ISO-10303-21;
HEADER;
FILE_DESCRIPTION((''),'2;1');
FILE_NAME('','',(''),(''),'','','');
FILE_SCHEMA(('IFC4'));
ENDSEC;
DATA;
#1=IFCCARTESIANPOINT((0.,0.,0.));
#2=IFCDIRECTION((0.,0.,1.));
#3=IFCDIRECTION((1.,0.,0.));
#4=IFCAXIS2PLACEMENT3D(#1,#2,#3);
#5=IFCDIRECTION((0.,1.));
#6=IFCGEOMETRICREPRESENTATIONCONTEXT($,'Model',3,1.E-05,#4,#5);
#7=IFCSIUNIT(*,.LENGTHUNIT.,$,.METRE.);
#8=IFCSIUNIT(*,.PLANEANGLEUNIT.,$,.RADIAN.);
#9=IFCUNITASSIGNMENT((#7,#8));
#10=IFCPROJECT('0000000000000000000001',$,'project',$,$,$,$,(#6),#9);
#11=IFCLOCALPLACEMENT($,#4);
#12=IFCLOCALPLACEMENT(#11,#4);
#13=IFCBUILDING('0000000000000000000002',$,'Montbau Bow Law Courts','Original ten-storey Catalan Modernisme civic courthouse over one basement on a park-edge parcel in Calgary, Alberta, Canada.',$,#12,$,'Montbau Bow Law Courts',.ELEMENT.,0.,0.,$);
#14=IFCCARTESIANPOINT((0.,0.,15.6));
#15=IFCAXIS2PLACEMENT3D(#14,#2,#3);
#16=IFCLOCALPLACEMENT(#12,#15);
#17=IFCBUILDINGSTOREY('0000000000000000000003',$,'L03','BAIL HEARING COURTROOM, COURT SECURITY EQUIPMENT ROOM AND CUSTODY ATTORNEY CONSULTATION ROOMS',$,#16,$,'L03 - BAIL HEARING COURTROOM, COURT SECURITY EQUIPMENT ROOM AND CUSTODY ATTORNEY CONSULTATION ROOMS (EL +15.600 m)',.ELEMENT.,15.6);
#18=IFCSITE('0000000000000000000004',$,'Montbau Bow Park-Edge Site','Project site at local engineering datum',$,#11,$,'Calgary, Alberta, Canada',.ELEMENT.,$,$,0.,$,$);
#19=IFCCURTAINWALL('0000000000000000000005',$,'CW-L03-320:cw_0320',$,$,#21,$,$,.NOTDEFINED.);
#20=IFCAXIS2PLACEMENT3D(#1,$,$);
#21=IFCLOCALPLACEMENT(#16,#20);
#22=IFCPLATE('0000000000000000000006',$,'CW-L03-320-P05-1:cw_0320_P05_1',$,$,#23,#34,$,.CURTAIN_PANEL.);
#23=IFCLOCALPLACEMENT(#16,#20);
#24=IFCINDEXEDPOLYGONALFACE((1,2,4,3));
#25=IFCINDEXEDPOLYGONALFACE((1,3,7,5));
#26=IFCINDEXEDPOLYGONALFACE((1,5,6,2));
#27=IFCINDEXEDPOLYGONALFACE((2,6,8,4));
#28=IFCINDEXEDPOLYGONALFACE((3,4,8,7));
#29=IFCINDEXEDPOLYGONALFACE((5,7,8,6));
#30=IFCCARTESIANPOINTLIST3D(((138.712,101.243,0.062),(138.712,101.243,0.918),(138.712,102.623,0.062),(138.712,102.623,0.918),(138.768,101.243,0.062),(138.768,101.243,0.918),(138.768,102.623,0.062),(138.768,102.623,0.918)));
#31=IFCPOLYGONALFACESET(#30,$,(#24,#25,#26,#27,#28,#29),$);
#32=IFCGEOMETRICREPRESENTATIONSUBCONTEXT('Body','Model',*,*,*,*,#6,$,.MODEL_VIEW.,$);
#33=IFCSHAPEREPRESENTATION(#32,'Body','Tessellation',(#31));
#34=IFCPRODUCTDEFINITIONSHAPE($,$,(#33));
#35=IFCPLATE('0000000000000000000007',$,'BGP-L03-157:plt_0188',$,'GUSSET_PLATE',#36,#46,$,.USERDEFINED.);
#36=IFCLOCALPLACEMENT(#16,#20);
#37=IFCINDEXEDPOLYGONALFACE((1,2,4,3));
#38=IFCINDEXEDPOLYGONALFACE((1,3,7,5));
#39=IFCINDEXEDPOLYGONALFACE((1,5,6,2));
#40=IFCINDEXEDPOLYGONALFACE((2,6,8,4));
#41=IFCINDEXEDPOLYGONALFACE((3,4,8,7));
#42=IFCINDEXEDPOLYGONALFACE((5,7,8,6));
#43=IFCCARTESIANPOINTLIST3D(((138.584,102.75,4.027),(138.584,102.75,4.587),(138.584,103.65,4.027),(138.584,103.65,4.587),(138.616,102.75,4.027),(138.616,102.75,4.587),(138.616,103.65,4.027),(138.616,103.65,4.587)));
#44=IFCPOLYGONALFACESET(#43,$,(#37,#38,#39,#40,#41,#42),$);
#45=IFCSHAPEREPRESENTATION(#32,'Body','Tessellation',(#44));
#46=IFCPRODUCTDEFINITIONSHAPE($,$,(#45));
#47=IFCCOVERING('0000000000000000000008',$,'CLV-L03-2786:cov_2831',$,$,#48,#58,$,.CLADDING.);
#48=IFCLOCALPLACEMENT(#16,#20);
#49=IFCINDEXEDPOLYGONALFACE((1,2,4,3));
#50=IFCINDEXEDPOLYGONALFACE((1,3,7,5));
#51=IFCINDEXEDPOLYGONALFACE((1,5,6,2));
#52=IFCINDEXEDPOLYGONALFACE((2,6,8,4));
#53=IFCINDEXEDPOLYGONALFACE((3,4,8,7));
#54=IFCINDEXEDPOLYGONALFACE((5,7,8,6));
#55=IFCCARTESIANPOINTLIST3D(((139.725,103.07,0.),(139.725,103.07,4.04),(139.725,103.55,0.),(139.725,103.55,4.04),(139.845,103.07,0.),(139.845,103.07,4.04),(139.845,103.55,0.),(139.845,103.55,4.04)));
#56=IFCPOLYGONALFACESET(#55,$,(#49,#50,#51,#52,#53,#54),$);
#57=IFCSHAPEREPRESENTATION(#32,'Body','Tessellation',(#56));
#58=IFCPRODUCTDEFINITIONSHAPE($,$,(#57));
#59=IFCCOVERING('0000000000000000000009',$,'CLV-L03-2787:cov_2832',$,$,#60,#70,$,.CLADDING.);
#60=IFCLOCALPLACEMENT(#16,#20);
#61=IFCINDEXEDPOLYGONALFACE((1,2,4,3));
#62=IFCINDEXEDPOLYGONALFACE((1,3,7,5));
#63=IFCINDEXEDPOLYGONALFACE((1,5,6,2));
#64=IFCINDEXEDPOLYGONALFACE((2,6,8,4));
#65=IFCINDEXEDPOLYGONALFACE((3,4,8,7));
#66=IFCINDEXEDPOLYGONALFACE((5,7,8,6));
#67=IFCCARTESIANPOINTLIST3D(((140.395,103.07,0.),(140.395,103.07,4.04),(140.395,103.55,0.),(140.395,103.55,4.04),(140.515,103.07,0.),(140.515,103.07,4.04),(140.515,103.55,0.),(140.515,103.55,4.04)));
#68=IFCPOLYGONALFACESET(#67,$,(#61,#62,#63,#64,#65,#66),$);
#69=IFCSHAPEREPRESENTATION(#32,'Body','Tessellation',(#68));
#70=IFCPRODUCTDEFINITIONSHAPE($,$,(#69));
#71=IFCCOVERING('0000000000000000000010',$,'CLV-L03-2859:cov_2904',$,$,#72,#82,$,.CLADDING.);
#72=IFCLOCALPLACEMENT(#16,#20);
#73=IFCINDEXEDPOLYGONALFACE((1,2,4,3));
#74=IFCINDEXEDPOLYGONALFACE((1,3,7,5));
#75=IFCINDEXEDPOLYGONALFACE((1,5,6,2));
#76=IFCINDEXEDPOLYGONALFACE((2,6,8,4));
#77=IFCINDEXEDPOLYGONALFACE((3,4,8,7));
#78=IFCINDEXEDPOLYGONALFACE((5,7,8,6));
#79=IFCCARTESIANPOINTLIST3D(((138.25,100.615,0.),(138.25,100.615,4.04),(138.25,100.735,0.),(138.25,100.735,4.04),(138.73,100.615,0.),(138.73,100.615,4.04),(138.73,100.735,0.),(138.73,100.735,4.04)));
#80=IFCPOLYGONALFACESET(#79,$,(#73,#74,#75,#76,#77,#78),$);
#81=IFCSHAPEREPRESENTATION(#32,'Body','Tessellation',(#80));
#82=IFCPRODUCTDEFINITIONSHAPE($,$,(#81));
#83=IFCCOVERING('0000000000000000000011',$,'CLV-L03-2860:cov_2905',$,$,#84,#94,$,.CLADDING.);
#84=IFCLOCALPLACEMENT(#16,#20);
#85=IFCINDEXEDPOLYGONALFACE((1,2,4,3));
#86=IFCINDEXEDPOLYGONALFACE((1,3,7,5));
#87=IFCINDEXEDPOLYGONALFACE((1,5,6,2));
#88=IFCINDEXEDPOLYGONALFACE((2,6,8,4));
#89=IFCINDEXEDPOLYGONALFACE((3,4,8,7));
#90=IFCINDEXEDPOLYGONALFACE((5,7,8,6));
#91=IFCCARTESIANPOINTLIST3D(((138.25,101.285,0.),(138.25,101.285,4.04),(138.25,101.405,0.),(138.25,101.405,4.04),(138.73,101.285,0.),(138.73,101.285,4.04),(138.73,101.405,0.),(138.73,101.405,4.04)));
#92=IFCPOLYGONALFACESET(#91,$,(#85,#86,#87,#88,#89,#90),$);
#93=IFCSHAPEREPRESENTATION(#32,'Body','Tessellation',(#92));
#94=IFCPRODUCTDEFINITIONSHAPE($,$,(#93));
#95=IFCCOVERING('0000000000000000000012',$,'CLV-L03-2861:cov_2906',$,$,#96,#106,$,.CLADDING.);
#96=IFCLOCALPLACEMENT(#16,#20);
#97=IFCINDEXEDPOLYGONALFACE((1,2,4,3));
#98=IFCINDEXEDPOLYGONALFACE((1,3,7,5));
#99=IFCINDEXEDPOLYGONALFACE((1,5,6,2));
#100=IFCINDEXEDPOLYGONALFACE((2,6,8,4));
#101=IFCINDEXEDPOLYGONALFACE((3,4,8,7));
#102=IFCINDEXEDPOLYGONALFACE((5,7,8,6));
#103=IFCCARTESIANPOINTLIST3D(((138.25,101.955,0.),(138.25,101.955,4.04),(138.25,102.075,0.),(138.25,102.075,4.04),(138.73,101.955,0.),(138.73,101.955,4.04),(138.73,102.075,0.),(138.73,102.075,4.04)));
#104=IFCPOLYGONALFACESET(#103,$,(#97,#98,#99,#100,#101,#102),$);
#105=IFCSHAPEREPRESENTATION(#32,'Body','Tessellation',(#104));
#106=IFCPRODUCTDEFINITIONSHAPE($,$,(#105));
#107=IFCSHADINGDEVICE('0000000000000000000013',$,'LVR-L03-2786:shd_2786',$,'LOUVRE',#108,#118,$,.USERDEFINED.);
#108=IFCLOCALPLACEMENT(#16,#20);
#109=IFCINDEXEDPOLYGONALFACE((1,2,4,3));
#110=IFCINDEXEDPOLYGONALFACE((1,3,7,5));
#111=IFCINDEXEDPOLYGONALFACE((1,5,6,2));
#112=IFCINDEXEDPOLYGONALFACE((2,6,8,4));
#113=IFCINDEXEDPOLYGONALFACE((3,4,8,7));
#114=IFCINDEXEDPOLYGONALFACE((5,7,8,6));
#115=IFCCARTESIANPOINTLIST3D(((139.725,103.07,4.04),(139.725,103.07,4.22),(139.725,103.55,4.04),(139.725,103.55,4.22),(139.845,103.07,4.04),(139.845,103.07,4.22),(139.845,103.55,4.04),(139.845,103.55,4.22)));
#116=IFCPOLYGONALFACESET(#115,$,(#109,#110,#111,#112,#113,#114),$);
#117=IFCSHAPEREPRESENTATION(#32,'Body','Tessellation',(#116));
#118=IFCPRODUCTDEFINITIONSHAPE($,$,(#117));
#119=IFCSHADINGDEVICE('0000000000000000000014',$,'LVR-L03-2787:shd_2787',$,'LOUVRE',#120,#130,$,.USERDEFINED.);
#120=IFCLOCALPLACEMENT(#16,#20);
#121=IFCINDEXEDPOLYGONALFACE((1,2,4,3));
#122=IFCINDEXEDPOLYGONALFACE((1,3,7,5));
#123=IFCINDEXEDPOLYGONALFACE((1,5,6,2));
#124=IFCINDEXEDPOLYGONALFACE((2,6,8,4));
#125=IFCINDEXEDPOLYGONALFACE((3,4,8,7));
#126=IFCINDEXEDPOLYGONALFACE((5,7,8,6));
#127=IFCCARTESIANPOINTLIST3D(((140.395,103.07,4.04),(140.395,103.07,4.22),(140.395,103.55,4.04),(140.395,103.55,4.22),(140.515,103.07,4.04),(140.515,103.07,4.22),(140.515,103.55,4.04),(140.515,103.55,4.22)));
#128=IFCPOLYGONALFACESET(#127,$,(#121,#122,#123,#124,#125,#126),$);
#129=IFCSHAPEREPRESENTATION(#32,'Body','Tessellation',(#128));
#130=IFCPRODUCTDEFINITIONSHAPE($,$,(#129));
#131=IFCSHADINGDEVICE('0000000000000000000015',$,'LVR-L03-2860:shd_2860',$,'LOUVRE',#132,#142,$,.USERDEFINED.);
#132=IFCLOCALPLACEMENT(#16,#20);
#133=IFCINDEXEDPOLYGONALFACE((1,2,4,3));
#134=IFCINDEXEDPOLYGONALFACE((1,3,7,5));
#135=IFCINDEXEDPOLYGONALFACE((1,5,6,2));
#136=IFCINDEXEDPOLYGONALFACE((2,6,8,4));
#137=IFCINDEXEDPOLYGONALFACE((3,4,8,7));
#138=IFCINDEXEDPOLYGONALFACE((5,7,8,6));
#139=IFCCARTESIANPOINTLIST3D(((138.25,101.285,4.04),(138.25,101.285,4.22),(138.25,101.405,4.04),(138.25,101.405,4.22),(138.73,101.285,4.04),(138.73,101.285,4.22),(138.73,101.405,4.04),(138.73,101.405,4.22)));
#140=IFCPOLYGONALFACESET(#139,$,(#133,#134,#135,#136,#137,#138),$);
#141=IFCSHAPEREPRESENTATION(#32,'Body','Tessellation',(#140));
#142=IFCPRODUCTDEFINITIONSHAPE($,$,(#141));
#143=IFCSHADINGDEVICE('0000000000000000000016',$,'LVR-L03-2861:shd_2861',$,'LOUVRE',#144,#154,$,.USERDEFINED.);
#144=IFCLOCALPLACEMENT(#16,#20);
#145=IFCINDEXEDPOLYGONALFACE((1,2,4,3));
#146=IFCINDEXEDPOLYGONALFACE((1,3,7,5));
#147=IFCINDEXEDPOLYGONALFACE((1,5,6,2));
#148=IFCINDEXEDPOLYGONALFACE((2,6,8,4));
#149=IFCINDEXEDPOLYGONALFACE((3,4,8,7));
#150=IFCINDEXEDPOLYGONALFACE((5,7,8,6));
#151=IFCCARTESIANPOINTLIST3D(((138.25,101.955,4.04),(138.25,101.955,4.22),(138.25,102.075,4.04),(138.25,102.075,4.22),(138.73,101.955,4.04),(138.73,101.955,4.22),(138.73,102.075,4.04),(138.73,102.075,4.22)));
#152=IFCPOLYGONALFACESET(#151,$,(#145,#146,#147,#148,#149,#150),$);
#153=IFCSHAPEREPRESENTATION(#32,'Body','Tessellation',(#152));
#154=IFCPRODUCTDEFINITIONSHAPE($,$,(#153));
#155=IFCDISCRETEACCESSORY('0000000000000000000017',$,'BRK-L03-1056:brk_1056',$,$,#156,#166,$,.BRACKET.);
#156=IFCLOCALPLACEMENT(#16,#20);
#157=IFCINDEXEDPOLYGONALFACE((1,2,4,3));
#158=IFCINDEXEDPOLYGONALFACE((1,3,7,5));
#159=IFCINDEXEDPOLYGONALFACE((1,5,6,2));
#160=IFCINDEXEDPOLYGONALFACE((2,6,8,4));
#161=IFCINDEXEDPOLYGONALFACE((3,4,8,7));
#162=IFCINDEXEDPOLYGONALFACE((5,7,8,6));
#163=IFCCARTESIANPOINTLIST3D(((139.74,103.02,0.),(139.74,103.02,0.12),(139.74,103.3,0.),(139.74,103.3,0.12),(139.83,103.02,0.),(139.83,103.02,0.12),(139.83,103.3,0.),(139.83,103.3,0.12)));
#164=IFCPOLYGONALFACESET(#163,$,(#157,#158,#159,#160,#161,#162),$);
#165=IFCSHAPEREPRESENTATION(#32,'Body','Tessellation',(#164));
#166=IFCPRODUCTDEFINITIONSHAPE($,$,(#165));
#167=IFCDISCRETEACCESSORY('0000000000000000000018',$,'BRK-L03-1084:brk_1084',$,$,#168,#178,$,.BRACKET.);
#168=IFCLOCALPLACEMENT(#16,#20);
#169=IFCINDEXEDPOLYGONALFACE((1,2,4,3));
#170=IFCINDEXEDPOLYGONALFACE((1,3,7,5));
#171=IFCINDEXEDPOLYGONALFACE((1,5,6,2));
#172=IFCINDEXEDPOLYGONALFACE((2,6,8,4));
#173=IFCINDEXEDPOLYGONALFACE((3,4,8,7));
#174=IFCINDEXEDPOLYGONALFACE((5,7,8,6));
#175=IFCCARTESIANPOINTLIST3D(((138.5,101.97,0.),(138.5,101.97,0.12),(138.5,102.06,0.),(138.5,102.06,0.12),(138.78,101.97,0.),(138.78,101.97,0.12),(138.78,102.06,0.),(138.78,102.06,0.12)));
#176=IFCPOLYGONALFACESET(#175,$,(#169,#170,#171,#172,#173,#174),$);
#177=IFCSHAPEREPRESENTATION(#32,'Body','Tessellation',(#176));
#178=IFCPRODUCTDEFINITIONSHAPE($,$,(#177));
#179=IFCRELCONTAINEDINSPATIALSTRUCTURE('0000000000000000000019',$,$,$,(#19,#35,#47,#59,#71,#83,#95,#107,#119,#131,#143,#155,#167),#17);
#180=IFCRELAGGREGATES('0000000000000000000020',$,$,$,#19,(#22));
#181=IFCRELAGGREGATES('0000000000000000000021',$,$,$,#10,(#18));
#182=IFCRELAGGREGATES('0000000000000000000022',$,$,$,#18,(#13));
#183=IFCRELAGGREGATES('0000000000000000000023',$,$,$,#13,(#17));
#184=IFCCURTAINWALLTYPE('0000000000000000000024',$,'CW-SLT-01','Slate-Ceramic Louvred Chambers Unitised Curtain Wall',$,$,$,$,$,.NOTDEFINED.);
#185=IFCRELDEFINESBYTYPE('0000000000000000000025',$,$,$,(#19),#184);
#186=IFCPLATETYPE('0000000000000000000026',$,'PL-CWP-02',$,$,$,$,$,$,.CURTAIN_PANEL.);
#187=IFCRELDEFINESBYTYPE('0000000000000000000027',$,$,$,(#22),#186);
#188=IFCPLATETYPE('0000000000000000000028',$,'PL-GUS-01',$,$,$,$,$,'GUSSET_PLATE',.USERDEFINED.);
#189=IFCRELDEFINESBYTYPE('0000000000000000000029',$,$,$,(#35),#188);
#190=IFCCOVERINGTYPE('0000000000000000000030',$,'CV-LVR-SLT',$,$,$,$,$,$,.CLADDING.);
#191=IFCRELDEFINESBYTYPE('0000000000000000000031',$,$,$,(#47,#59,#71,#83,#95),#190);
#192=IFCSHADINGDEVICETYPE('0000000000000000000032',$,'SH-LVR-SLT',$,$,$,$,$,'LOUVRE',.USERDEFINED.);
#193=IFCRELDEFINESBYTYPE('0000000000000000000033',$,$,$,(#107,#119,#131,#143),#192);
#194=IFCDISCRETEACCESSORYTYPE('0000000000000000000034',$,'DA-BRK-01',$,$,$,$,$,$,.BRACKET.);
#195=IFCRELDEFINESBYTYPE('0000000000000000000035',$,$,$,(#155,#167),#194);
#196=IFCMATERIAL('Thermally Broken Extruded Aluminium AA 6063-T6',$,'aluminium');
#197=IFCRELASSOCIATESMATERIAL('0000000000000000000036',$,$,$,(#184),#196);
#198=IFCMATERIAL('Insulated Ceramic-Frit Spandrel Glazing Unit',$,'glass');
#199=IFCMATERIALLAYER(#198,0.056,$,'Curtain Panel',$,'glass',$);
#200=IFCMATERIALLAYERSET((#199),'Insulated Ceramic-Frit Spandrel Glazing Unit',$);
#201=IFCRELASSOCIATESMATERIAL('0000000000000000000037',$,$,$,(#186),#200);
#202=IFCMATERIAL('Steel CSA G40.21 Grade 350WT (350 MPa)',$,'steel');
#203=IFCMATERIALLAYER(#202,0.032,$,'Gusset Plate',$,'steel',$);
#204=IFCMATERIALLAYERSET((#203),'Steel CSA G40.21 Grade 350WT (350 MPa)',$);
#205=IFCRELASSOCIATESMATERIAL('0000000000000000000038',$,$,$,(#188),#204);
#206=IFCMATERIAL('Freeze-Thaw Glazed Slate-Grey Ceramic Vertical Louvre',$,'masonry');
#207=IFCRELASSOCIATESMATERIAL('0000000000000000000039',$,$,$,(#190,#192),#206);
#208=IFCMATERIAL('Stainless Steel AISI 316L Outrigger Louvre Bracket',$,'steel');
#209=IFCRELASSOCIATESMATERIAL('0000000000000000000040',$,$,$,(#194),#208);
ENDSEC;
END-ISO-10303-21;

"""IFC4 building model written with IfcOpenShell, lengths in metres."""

from ifc_helpers import new_model, si_unit, direction, frame, frame_2d, origin_with_axes, origin_2d_with_axis, place, context, subcontext, project, spatial, rectangle, extrude, material, layer, layer_set, type_object, element, aggregate, save


model = new_model("IFC4")

# Units and contexts
model_context = context("Model", 3, precision=1e-05, world=origin_with_axes(), true_north=direction((0.0, 1.0)))
body_context = subcontext(model_context, "Body", "Model", "MODEL_VIEW")
ifc_project = project(units=[si_unit("LENGTHUNIT", "METRE"), si_unit("PLANEANGLEUNIT", "RADIAN")], contexts=[model_context])

# Site, building, storey
site_placement = place(None, origin_with_axes())
site = spatial("IfcSite", under=ifc_project, at=site_placement, Name="Montbau Bow Park-Edge Site", Description="Project site at local engineering datum", LongName="Calgary, Alberta, Canada", CompositionType="ELEMENT", RefElevation=0.0)
building_placement = place(site_placement, origin_with_axes())
building = spatial("IfcBuilding", under=site, at=building_placement, Name="Montbau Bow Law Courts", Description="Original ten-storey Catalan Modernisme civic courthouse over one basement on a park-edge parcel in Calgary, Alberta, Canada.", LongName="Montbau Bow Law Courts", CompositionType="ELEMENT", ElevationOfRefHeight=0.0, ElevationOfTerrain=0.0)
storey_placement = place(building_placement, frame((0.0, 0.0, 15.6), z_axis=(0.0, 0.0, 1.0), x_axis=(1.0, 0.0, 0.0)))
storey = spatial("IfcBuildingStorey", under=building, at=storey_placement, Name="L03", Description="BAIL HEARING COURTROOM, COURT SECURITY EQUIPMENT ROOM AND CUSTODY ATTORNEY CONSULTATION ROOMS", LongName="L03 - BAIL HEARING COURTROOM, COURT SECURITY EQUIPMENT ROOM AND CUSTODY ATTORNEY CONSULTATION ROOMS (EL +15.600 m)", CompositionType="ELEMENT", Elevation=15.6)

# Shared definitions
ifc_material_1 = material(Name="Steel CSA G40.21 Grade 350WT (350 MPa)", Category="steel")

# Shared definitions
ifc_material_2 = material(Name="Thermally Broken Extruded Aluminium AA 6063-T6", Category="aluminium")
curtain_wall_type = type_object("IfcCurtainWallType", Name="CW-SLT-01", Description="Slate-Ceramic Louvred Chambers Unitised Curtain Wall", PredefinedType="NOTDEFINED", material=ifc_material_2)

# Curtain wall
curtain_wall_1_placement = place(None, frame((138.74, 95.315, 15.6), z_axis=(0.0, 0.0, 1.0), x_axis=(1.0, 0.0, 0.0)))
curtain_wall_1 = element("IfcCurtainWall", 1, at=curtain_wall_1_placement, inside=storey, type_object=curtain_wall_type, Name="CW-L03-320:cw_0320", PredefinedType="NOTDEFINED")

# Plates
ifc_material_3 = material(Name="Insulated Ceramic-Frit Spandrel Glazing Unit", Category="glass")
ifc_layer_1 = layer(ifc_material_3, 0.056, Name="Curtain Panel", Category="glass")
ifc_layer_set_1 = layer_set([ifc_layer_1], Name="Insulated Ceramic-Frit Spandrel Glazing Unit")
plate_type_1 = type_object("IfcPlateType", Name="PL-CWP-02", PredefinedType="CURTAIN_PANEL", material=ifc_layer_set_1)
plate_1_placement = place(None, frame((138.74, 101.243, 15.662), z_axis=(1.0, 0.0, 0.0), x_axis=(0.0, 1.0, 0.0)))
plate_1 = element("IfcPlate", 2, at=plate_1_placement, type_object=plate_type_1, Name="CW-L03-320-P05-1:cw_0320_P05_1", PredefinedType="CURTAIN_PANEL", context=body_context, shape_type="SweptSolid", body=[
    extrude(rectangle(XDim=1.38, YDim=0.856, at=frame_2d((0.69, 0.428), x_axis=(1.0, 0.0))), frame((0.0, 0.0, -0.028), z_axis=(0.0, 0.0, 1.0), x_axis=(1.0, 0.0, 0.0)), (0.0, 0.0, 1.0), 0.056),
])
aggregate(curtain_wall_1, [plate_1])
ifc_layer_2 = layer(ifc_material_1, 0.032, Name="Gusset Plate", Category="steel")
ifc_layer_set_2 = layer_set([ifc_layer_2], Name="Steel CSA G40.21 Grade 350WT (350 MPa)")
plate_type_2 = type_object("IfcPlateType", Name="PL-GUS-01", ElementType="GUSSET_PLATE", PredefinedType="USERDEFINED", material=ifc_layer_set_2)
plate_2_placement = place(None, frame((138.6, 103.2, 19.627), z_axis=(0.0, 0.0, 1.0), x_axis=(0.0, 1.0, 0.0)))
element("IfcPlate", 3, at=plate_2_placement, inside=storey, type_object=plate_type_2, Name="BGP-L03-157:plt_0188", ObjectType="GUSSET_PLATE", PredefinedType="USERDEFINED", context=body_context, shape_type="SweptSolid", body=[
    extrude(rectangle(XDim=0.9, YDim=0.032, at=origin_2d_with_axis()), origin_with_axes(), (0.0, 0.0, 1.0), 0.56),
])

# Coverings
ifc_material_4 = material(Name="Freeze-Thaw Glazed Slate-Grey Ceramic Vertical Louvre", Category="masonry")
covering_type = type_object("IfcCoveringType", Name="CV-LVR-SLT", PredefinedType="CLADDING", material=ifc_material_4)
for number, where, z_axis, x_axis, name in (
    (4, (139.785, 103.07, 15.6), (1.0, 0.0, 0.0), (0.0, 1.0, 0.0), "CLV-L03-2786:cov_2831"),
    (5, (140.455, 103.07, 15.6), (1.0, 0.0, 0.0), (0.0, 1.0, 0.0), "CLV-L03-2787:cov_2832"),
    (6, (138.73, 100.675, 15.6), (0.0, 1.0, 0.0), (-1.0, 0.0, 0.0), "CLV-L03-2859:cov_2904"),
    (7, (138.73, 101.345, 15.6), (0.0, 1.0, 0.0), (-1.0, 0.0, 0.0), "CLV-L03-2860:cov_2905"),
    (8, (138.73, 102.015, 15.6), (0.0, 1.0, 0.0), (-1.0, 0.0, 0.0), "CLV-L03-2861:cov_2906"),
):
    element("IfcCovering", number, at=place(None, frame(where, z_axis=z_axis, x_axis=x_axis)), inside=storey, type_object=covering_type, Name=name, PredefinedType="CLADDING", context=body_context, shape_type="SweptSolid", body=[
        extrude(rectangle(XDim=0.48, YDim=4.04, at=frame_2d((0.24, 2.02), x_axis=(1.0, 0.0))), frame((0.0, 0.0, -0.06), z_axis=(0.0, 0.0, 1.0), x_axis=(1.0, 0.0, 0.0)), (0.0, 0.0, 1.0), 0.12),
    ])

# Shading devices
shading_device_type = type_object("IfcShadingDeviceType", Name="SH-LVR-SLT", ElementType="LOUVRE", PredefinedType="USERDEFINED", material=ifc_material_4)
for number, where, z_axis, x_axis, name in (
    (9, (139.785, 103.31, 19.64), (0.0, 0.0, 1.0), (0.0, 1.0, 0.0), "LVR-L03-2786:shd_2786"),
    (10, (140.455, 103.31, 19.64), (0.0, 0.0, 1.0), (0.0, 1.0, 0.0), "LVR-L03-2787:shd_2787"),
    (11, (138.49, 101.345, 19.64), (0.0, 0.0, 1.0), (-1.0, 0.0, 0.0), "LVR-L03-2860:shd_2860"),
    (12, (138.49, 102.015, 19.64), (0.0, 0.0, 1.0), (-1.0, 0.0, 0.0), "LVR-L03-2861:shd_2861"),
):
    element("IfcShadingDevice", number, at=place(None, frame(where, z_axis=z_axis, x_axis=x_axis)), inside=storey, type_object=shading_device_type, Name=name, ObjectType="LOUVRE", PredefinedType="USERDEFINED", context=body_context, shape_type="SweptSolid", body=[
        extrude(rectangle(XDim=0.48, YDim=0.12, at=origin_2d_with_axis()), origin_with_axes(), (0.0, 0.0, 1.0), 0.18),
    ])

# Discrete accessories
ifc_material_5 = material(Name="Stainless Steel AISI 316L Outrigger Louvre Bracket", Category="steel")
discrete_accessory_type = type_object("IfcDiscreteAccessoryType", Name="DA-BRK-01", PredefinedType="BRACKET", material=ifc_material_5)
for number, where, z_axis, x_axis, name in (
    (13, (139.785, 103.16, 15.6), (0.0, 0.0, 1.0), (0.0, 1.0, 0.0), "BRK-L03-1056:brk_1056"),
    (14, (138.64, 102.015, 15.6), (0.0, 0.0, 1.0), (-1.0, 0.0, 0.0), "BRK-L03-1084:brk_1084"),
):
    element("IfcDiscreteAccessory", number, at=place(None, frame(where, z_axis=z_axis, x_axis=x_axis)), inside=storey, type_object=discrete_accessory_type, Name=name, PredefinedType="BRACKET", context=body_context, shape_type="SweptSolid", body=[
        extrude(rectangle(XDim=0.28, YDim=0.09, at=origin_2d_with_axis()), origin_with_axes(), (0.0, 0.0, 1.0), 0.12),
    ])

save(model, "model.ifc")
